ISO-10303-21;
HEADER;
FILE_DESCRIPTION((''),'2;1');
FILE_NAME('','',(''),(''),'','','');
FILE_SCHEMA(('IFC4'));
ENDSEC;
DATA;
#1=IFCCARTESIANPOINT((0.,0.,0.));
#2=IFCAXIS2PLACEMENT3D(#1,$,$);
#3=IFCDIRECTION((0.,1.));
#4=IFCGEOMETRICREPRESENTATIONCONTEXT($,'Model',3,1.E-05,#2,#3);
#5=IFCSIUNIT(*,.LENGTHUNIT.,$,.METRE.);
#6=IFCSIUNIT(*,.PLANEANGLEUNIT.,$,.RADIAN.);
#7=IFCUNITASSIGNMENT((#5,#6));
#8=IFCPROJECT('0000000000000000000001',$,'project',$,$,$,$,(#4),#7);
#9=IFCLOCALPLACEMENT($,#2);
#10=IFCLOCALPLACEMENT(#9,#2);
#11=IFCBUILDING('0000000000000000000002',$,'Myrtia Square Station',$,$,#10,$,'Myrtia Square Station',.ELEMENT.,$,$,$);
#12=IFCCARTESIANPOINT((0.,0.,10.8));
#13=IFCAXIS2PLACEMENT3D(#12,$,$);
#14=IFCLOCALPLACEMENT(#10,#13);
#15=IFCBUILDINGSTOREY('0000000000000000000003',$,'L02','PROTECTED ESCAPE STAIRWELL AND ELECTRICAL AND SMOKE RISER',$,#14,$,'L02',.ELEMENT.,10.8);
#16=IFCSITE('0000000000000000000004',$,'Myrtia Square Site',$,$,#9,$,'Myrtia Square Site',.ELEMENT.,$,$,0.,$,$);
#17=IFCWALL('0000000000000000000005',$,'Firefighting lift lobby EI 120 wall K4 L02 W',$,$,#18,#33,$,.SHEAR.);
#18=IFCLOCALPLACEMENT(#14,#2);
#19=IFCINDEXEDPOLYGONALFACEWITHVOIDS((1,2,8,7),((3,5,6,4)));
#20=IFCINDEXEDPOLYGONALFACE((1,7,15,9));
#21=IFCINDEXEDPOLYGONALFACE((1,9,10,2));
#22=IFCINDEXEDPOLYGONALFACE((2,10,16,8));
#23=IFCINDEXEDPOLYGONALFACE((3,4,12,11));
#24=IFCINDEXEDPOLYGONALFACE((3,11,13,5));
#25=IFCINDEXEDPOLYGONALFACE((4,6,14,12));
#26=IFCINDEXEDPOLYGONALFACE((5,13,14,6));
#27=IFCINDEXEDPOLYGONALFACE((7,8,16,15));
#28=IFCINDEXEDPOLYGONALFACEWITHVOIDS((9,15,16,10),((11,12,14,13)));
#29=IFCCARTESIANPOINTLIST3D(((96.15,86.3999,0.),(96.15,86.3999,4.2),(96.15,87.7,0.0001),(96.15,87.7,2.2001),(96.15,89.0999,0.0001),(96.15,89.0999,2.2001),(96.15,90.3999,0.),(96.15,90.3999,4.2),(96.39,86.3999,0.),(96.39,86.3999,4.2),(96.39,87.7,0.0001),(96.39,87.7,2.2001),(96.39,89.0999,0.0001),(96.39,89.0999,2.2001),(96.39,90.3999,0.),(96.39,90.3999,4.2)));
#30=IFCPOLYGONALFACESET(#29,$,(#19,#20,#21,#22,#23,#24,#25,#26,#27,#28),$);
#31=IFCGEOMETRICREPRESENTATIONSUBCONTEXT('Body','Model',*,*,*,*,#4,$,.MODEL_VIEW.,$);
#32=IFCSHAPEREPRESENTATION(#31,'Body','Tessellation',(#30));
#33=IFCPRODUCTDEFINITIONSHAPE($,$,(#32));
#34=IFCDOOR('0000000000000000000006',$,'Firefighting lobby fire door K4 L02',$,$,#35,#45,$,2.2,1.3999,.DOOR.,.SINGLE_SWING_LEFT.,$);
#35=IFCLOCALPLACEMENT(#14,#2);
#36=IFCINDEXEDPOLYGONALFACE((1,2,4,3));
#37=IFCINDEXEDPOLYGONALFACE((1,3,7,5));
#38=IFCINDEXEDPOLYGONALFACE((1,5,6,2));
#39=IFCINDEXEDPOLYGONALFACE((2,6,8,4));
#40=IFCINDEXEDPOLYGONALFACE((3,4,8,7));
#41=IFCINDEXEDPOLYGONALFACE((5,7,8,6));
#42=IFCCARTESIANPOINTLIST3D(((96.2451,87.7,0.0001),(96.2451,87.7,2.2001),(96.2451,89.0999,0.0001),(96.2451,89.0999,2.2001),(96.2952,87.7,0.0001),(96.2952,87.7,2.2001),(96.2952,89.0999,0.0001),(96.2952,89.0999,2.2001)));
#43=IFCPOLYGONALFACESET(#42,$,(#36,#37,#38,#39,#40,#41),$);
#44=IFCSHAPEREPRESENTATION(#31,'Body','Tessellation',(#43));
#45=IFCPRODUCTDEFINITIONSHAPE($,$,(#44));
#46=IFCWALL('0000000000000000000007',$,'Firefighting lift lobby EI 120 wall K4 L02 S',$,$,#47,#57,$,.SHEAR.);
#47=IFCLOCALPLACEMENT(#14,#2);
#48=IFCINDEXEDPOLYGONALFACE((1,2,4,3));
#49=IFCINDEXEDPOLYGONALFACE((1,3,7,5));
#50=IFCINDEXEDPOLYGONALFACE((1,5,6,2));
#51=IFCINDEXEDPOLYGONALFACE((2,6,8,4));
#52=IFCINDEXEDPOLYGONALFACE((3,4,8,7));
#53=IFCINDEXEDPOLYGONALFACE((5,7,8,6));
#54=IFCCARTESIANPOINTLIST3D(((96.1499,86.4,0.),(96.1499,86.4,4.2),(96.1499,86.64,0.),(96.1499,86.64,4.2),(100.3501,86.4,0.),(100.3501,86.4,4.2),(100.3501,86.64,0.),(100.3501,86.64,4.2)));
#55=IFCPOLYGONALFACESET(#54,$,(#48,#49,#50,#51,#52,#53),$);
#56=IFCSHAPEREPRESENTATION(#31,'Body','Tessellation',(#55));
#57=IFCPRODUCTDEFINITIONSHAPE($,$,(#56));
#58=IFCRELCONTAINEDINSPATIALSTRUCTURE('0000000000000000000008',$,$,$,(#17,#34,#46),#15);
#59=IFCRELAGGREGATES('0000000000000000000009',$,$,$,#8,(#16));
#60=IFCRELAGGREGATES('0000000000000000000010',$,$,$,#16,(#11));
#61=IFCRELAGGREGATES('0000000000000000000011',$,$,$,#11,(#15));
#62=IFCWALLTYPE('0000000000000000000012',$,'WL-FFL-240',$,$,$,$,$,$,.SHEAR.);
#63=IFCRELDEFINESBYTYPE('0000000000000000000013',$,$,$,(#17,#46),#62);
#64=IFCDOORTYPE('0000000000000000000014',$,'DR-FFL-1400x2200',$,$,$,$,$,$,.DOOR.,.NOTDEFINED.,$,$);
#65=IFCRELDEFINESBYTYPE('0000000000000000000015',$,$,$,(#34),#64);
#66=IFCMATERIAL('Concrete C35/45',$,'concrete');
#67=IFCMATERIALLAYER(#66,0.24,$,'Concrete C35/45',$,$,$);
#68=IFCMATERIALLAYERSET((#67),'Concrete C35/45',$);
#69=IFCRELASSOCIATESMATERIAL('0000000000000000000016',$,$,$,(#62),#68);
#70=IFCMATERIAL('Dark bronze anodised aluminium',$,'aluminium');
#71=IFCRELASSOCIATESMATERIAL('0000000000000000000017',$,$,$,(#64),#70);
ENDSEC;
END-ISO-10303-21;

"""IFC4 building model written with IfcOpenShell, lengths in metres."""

from ifc_helpers import new_model, si_unit, direction, frame, frame_2d, origin, place, context, subcontext, project, spatial, rectangle, extrude, material, layer, layer_set, type_object, element, fill, save


model = new_model("IFC4")

# Units and contexts
model_context = context("Model", 3, precision=1e-05, world=origin(), true_north=direction((0.0, 1.0)))
body_context = subcontext(model_context, "Body", "Model", "MODEL_VIEW")
ifc_project = project(units=[si_unit("LENGTHUNIT", "METRE"), si_unit("PLANEANGLEUNIT", "RADIAN")], contexts=[model_context])

# Site, building, storey
site_placement = place(None, origin())
site = spatial("IfcSite", under=ifc_project, at=site_placement, Name="Myrtia Square Site", LongName="Myrtia Square Site", CompositionType="ELEMENT", RefElevation=0.0)
building_placement = place(site_placement, origin())
building = spatial("IfcBuilding", under=site, at=building_placement, Name="Myrtia Square Station", LongName="Myrtia Square Station", CompositionType="ELEMENT")
storey_placement = place(building_placement, frame((0.0, 0.0, 10.8)))
storey = spatial("IfcBuildingStorey", under=building, at=storey_placement, Name="L02", Description="PROTECTED ESCAPE STAIRWELL AND ELECTRICAL AND SMOKE RISER", LongName="L02", CompositionType="ELEMENT", Elevation=10.8)

# Shared definitions
ifc_material_1 = material(Name="Dark bronze anodised aluminium", Category="aluminium")

# Shared definitions
ifc_material_2 = material(Name="Concrete C35/45", Category="concrete")

# Wall, opening, door
ifc_layer_1 = layer(ifc_material_2, 0.24, Name="Concrete C35/45")
ifc_layer_set_1 = layer_set([ifc_layer_1], Name="Concrete C35/45")
wall_type_1 = type_object("IfcWallType", Name="WL-FFL-240", PredefinedType="SHEAR", material=ifc_layer_set_1)
wall_1_placement = place(storey_placement, frame((96.27, 86.3999, 0.0), z_axis=(0.0, 0.0, 1.0), x_axis=(0.0, 1.0, 0.0)))
wall_1 = element("IfcWall", 1, at=wall_1_placement, inside=storey, type_object=wall_type_1, Name="Firefighting lift lobby EI 120 wall K4 L02 W", PredefinedType="SHEAR", context=body_context, shape_type="SweptSolid", body=[
    extrude(rectangle(XDim=4.0, YDim=0.24, at=frame_2d((2.0, 0.0))), origin(), (0.0, 0.0, 1.0), 4.2),
])
opening_1_placement = place(wall_1_placement, frame((1.3, 0.0, 0.0)))
opening_1 = element("IfcOpeningElement", 2, at=opening_1_placement, cuts=wall_1, PredefinedType="OPENING", context=body_context, shape_type="SweptSolid", body=[
    extrude(rectangle(XDim=1.3999, YDim=2.2, at=frame_2d((0.7, 1.1001))), frame((0.0, 0.135, 0.0), z_axis=(0.0, -1.0, 0.0), x_axis=(1.0, 0.0, 0.0)), (0.0, 0.0, 1.0), 0.27),
])
door_type_1 = type_object("IfcDoorType", Name="DR-FFL-1400x2200", OperationType="NOTDEFINED", PredefinedType="DOOR", material=ifc_material_1)
door_1_placement = place(opening_1_placement, origin())
door_1 = element("IfcDoor", 3, at=door_1_placement, inside=storey, type_object=door_type_1, Name="Firefighting lobby fire door K4 L02", OperationType="SINGLE_SWING_LEFT", OverallHeight=2.2, OverallWidth=1.3999, PredefinedType="DOOR", context=body_context, shape_type="SweptSolid", body=[
    extrude(rectangle(XDim=1.3999, YDim=2.2, at=frame_2d((0.7, 1.1001))), frame((0.0, 0.0249, 0.0), z_axis=(0.0, -1.0, 0.0), x_axis=(1.0, 0.0, 0.0)), (0.0, 0.0, 1.0), 0.05),
])
fill(opening_1, door_1)

# Wall
wall_2_placement = place(storey_placement, frame((96.1499, 86.52, 0.0), z_axis=(0.0, 0.0, 1.0), x_axis=(1.0, 0.0, 0.0)))
element("IfcWall", 4, at=wall_2_placement, inside=storey, type_object=wall_type_1, Name="Firefighting lift lobby EI 120 wall K4 L02 S", PredefinedType="SHEAR", context=body_context, shape_type="SweptSolid", body=[
    extrude(rectangle(XDim=4.2002, YDim=0.24, at=frame_2d((2.1001, 0.0))), origin(), (0.0, 0.0, 1.0), 4.2),
])

save(model, "model.ifc")
